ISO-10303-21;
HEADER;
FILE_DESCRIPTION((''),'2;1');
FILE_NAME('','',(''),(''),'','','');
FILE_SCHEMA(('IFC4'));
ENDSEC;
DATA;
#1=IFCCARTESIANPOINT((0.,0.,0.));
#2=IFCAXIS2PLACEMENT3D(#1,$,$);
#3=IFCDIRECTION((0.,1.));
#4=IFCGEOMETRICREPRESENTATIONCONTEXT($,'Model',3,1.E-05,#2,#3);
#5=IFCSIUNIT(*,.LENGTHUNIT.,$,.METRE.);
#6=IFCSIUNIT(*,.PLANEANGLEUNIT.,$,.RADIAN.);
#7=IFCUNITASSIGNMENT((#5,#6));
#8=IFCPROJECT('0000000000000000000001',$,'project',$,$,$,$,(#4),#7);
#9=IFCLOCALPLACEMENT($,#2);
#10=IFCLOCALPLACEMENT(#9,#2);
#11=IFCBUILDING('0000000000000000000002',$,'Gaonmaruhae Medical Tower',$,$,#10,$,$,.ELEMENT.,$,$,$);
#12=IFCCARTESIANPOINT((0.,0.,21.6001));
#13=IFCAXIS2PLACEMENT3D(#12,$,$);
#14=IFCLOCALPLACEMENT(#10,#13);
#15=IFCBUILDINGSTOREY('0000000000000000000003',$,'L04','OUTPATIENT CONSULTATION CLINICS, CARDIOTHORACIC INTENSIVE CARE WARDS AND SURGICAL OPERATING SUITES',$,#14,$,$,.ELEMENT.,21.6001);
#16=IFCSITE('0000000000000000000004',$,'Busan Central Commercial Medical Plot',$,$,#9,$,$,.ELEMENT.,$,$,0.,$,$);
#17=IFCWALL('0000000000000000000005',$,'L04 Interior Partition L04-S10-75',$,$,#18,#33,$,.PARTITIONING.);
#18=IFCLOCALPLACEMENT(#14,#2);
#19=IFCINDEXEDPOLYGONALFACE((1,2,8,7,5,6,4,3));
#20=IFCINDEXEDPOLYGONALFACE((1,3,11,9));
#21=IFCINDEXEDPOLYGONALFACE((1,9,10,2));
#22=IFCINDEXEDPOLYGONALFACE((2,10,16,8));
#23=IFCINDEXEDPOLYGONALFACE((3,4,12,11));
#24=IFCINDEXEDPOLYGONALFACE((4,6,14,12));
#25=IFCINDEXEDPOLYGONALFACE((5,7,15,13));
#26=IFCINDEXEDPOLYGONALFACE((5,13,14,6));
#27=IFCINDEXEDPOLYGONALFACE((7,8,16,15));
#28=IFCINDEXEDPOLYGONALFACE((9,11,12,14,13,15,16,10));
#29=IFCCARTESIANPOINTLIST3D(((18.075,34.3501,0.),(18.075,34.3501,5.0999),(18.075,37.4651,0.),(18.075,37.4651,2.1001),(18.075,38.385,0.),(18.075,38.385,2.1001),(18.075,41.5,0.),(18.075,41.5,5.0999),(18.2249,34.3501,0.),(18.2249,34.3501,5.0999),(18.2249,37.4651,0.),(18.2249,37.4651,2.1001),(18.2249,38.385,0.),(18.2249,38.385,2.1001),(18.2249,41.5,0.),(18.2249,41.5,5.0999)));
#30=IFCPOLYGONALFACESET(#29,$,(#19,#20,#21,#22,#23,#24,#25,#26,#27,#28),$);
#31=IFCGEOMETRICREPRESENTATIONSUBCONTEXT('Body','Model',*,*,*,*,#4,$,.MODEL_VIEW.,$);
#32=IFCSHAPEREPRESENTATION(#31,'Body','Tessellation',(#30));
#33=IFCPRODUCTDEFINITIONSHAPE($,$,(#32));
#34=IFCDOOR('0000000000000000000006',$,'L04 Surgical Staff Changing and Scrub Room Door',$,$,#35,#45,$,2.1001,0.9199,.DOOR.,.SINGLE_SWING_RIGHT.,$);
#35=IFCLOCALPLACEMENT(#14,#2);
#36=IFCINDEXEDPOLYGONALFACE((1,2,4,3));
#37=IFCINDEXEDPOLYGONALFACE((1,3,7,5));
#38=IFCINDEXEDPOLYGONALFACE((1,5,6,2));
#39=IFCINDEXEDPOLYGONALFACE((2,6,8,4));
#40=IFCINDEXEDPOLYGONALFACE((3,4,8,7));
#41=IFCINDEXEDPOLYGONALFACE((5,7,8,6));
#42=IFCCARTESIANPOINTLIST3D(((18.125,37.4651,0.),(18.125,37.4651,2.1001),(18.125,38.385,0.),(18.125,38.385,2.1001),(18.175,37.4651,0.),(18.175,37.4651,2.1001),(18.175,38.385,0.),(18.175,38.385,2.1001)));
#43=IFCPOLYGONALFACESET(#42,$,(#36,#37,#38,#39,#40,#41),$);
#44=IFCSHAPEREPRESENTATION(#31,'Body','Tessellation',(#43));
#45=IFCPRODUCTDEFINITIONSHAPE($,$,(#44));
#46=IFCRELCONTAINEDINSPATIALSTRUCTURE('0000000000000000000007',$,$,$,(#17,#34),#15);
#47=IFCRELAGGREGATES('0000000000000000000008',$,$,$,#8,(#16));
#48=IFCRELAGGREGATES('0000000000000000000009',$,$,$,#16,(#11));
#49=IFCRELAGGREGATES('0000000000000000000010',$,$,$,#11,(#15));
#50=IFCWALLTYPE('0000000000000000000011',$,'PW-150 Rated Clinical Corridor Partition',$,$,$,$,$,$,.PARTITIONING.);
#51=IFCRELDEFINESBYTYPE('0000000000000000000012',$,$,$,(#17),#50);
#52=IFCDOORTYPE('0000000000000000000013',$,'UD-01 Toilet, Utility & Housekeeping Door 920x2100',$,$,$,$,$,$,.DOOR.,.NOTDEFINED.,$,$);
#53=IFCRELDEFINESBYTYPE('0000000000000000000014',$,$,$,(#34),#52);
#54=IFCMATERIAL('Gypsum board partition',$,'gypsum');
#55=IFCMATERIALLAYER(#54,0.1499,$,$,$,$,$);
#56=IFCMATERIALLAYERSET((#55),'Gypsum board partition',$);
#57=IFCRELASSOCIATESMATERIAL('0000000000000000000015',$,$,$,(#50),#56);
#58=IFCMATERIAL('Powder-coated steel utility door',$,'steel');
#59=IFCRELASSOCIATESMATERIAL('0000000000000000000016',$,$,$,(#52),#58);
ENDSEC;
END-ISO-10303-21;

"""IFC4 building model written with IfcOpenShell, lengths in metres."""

from ifc_helpers import new_model, si_unit, direction, frame, frame_2d, origin, place, context, subcontext, project, spatial, rectangle, extrude, material, layer, layer_set, type_object, element, fill, save


model = new_model("IFC4")

# Units and contexts
model_context = context("Model", 3, precision=1e-05, world=origin(), true_north=direction((0.0, 1.0)))
body_context = subcontext(model_context, "Body", "Model", "MODEL_VIEW")
ifc_project = project(units=[si_unit("LENGTHUNIT", "METRE"), si_unit("PLANEANGLEUNIT", "RADIAN")], contexts=[model_context])

# Site, building, storey
site_placement = place(None, origin())
site = spatial("IfcSite", under=ifc_project, at=site_placement, Name="Busan Central Commercial Medical Plot", CompositionType="ELEMENT", RefElevation=0.0)
building_placement = place(site_placement, origin())
building = spatial("IfcBuilding", under=site, at=building_placement, Name="Gaonmaruhae Medical Tower", CompositionType="ELEMENT")
storey_placement = place(building_placement, frame((0.0, 0.0, 21.6001)))
storey = spatial("IfcBuildingStorey", under=building, at=storey_placement, Name="L04", Description="OUTPATIENT CONSULTATION CLINICS, CARDIOTHORACIC INTENSIVE CARE WARDS AND SURGICAL OPERATING SUITES", CompositionType="ELEMENT", Elevation=21.6001)

# Shared definitions
ifc_material_1 = material(Name="Gypsum board partition", Category="gypsum")
ifc_layer = layer(ifc_material_1, 0.1499)
ifc_layer_set = layer_set([ifc_layer], Name="Gypsum board partition")
wall_type = type_object("IfcWallType", Name="PW-150 Rated Clinical Corridor Partition", PredefinedType="PARTITIONING", material=ifc_layer_set)

# Wall, opening, door
wall_1_placement = place(storey_placement, frame((18.1499, 34.3501, 0.0), z_axis=(0.0, 0.0, 1.0), x_axis=(0.0, 1.0, 0.0)))
wall_1 = element("IfcWall", 1, at=wall_1_placement, inside=storey, type_object=wall_type, Name="L04 Interior Partition L04-S10-75", PredefinedType="PARTITIONING", context=body_context, shape_type="SweptSolid", body=[
    extrude(rectangle(XDim=7.1499, YDim=0.1499, at=frame_2d((3.575, 0.0))), origin(), (0.0, 0.0, 1.0), 5.0999),
])
opening_1_placement = place(wall_1_placement, frame((3.115, 0.0, 0.0)))
opening_1 = element("IfcOpeningElement", 2, at=opening_1_placement, cuts=wall_1, PredefinedType="OPENING", context=body_context, shape_type="SweptSolid", body=[
    extrude(rectangle(XDim=0.9199, YDim=2.1001, at=frame_2d((0.46, 1.05))), frame((0.0, 0.085, 0.0), z_axis=(0.0, -1.0, 0.0), x_axis=(1.0, 0.0, 0.0)), (0.0, 0.0, 1.0), 0.1699),
])
ifc_material_2 = material(Name="Powder-coated steel utility door", Category="steel")
door_type_1 = type_object("IfcDoorType", Name="UD-01 Toilet, Utility & Housekeeping Door 920x2100", OperationType="NOTDEFINED", PredefinedType="DOOR", material=ifc_material_2)
door_1_placement = place(opening_1_placement, origin())
door_1 = element("IfcDoor", 3, at=door_1_placement, inside=storey, type_object=door_type_1, Name="L04 Surgical Staff Changing and Scrub Room Door", OperationType="SINGLE_SWING_RIGHT", OverallHeight=2.1001, OverallWidth=0.9199, PredefinedType="DOOR", context=body_context, shape_type="SweptSolid", body=[
    extrude(rectangle(XDim=0.9199, YDim=2.1001, at=frame_2d((0.46, 1.05))), frame((0.0, 0.0249, 0.0), z_axis=(0.0, -1.0, 0.0), x_axis=(1.0, 0.0, 0.0)), (0.0, 0.0, 1.0), 0.05),
])
fill(opening_1, door_1)

save(model, "model.ifc")
